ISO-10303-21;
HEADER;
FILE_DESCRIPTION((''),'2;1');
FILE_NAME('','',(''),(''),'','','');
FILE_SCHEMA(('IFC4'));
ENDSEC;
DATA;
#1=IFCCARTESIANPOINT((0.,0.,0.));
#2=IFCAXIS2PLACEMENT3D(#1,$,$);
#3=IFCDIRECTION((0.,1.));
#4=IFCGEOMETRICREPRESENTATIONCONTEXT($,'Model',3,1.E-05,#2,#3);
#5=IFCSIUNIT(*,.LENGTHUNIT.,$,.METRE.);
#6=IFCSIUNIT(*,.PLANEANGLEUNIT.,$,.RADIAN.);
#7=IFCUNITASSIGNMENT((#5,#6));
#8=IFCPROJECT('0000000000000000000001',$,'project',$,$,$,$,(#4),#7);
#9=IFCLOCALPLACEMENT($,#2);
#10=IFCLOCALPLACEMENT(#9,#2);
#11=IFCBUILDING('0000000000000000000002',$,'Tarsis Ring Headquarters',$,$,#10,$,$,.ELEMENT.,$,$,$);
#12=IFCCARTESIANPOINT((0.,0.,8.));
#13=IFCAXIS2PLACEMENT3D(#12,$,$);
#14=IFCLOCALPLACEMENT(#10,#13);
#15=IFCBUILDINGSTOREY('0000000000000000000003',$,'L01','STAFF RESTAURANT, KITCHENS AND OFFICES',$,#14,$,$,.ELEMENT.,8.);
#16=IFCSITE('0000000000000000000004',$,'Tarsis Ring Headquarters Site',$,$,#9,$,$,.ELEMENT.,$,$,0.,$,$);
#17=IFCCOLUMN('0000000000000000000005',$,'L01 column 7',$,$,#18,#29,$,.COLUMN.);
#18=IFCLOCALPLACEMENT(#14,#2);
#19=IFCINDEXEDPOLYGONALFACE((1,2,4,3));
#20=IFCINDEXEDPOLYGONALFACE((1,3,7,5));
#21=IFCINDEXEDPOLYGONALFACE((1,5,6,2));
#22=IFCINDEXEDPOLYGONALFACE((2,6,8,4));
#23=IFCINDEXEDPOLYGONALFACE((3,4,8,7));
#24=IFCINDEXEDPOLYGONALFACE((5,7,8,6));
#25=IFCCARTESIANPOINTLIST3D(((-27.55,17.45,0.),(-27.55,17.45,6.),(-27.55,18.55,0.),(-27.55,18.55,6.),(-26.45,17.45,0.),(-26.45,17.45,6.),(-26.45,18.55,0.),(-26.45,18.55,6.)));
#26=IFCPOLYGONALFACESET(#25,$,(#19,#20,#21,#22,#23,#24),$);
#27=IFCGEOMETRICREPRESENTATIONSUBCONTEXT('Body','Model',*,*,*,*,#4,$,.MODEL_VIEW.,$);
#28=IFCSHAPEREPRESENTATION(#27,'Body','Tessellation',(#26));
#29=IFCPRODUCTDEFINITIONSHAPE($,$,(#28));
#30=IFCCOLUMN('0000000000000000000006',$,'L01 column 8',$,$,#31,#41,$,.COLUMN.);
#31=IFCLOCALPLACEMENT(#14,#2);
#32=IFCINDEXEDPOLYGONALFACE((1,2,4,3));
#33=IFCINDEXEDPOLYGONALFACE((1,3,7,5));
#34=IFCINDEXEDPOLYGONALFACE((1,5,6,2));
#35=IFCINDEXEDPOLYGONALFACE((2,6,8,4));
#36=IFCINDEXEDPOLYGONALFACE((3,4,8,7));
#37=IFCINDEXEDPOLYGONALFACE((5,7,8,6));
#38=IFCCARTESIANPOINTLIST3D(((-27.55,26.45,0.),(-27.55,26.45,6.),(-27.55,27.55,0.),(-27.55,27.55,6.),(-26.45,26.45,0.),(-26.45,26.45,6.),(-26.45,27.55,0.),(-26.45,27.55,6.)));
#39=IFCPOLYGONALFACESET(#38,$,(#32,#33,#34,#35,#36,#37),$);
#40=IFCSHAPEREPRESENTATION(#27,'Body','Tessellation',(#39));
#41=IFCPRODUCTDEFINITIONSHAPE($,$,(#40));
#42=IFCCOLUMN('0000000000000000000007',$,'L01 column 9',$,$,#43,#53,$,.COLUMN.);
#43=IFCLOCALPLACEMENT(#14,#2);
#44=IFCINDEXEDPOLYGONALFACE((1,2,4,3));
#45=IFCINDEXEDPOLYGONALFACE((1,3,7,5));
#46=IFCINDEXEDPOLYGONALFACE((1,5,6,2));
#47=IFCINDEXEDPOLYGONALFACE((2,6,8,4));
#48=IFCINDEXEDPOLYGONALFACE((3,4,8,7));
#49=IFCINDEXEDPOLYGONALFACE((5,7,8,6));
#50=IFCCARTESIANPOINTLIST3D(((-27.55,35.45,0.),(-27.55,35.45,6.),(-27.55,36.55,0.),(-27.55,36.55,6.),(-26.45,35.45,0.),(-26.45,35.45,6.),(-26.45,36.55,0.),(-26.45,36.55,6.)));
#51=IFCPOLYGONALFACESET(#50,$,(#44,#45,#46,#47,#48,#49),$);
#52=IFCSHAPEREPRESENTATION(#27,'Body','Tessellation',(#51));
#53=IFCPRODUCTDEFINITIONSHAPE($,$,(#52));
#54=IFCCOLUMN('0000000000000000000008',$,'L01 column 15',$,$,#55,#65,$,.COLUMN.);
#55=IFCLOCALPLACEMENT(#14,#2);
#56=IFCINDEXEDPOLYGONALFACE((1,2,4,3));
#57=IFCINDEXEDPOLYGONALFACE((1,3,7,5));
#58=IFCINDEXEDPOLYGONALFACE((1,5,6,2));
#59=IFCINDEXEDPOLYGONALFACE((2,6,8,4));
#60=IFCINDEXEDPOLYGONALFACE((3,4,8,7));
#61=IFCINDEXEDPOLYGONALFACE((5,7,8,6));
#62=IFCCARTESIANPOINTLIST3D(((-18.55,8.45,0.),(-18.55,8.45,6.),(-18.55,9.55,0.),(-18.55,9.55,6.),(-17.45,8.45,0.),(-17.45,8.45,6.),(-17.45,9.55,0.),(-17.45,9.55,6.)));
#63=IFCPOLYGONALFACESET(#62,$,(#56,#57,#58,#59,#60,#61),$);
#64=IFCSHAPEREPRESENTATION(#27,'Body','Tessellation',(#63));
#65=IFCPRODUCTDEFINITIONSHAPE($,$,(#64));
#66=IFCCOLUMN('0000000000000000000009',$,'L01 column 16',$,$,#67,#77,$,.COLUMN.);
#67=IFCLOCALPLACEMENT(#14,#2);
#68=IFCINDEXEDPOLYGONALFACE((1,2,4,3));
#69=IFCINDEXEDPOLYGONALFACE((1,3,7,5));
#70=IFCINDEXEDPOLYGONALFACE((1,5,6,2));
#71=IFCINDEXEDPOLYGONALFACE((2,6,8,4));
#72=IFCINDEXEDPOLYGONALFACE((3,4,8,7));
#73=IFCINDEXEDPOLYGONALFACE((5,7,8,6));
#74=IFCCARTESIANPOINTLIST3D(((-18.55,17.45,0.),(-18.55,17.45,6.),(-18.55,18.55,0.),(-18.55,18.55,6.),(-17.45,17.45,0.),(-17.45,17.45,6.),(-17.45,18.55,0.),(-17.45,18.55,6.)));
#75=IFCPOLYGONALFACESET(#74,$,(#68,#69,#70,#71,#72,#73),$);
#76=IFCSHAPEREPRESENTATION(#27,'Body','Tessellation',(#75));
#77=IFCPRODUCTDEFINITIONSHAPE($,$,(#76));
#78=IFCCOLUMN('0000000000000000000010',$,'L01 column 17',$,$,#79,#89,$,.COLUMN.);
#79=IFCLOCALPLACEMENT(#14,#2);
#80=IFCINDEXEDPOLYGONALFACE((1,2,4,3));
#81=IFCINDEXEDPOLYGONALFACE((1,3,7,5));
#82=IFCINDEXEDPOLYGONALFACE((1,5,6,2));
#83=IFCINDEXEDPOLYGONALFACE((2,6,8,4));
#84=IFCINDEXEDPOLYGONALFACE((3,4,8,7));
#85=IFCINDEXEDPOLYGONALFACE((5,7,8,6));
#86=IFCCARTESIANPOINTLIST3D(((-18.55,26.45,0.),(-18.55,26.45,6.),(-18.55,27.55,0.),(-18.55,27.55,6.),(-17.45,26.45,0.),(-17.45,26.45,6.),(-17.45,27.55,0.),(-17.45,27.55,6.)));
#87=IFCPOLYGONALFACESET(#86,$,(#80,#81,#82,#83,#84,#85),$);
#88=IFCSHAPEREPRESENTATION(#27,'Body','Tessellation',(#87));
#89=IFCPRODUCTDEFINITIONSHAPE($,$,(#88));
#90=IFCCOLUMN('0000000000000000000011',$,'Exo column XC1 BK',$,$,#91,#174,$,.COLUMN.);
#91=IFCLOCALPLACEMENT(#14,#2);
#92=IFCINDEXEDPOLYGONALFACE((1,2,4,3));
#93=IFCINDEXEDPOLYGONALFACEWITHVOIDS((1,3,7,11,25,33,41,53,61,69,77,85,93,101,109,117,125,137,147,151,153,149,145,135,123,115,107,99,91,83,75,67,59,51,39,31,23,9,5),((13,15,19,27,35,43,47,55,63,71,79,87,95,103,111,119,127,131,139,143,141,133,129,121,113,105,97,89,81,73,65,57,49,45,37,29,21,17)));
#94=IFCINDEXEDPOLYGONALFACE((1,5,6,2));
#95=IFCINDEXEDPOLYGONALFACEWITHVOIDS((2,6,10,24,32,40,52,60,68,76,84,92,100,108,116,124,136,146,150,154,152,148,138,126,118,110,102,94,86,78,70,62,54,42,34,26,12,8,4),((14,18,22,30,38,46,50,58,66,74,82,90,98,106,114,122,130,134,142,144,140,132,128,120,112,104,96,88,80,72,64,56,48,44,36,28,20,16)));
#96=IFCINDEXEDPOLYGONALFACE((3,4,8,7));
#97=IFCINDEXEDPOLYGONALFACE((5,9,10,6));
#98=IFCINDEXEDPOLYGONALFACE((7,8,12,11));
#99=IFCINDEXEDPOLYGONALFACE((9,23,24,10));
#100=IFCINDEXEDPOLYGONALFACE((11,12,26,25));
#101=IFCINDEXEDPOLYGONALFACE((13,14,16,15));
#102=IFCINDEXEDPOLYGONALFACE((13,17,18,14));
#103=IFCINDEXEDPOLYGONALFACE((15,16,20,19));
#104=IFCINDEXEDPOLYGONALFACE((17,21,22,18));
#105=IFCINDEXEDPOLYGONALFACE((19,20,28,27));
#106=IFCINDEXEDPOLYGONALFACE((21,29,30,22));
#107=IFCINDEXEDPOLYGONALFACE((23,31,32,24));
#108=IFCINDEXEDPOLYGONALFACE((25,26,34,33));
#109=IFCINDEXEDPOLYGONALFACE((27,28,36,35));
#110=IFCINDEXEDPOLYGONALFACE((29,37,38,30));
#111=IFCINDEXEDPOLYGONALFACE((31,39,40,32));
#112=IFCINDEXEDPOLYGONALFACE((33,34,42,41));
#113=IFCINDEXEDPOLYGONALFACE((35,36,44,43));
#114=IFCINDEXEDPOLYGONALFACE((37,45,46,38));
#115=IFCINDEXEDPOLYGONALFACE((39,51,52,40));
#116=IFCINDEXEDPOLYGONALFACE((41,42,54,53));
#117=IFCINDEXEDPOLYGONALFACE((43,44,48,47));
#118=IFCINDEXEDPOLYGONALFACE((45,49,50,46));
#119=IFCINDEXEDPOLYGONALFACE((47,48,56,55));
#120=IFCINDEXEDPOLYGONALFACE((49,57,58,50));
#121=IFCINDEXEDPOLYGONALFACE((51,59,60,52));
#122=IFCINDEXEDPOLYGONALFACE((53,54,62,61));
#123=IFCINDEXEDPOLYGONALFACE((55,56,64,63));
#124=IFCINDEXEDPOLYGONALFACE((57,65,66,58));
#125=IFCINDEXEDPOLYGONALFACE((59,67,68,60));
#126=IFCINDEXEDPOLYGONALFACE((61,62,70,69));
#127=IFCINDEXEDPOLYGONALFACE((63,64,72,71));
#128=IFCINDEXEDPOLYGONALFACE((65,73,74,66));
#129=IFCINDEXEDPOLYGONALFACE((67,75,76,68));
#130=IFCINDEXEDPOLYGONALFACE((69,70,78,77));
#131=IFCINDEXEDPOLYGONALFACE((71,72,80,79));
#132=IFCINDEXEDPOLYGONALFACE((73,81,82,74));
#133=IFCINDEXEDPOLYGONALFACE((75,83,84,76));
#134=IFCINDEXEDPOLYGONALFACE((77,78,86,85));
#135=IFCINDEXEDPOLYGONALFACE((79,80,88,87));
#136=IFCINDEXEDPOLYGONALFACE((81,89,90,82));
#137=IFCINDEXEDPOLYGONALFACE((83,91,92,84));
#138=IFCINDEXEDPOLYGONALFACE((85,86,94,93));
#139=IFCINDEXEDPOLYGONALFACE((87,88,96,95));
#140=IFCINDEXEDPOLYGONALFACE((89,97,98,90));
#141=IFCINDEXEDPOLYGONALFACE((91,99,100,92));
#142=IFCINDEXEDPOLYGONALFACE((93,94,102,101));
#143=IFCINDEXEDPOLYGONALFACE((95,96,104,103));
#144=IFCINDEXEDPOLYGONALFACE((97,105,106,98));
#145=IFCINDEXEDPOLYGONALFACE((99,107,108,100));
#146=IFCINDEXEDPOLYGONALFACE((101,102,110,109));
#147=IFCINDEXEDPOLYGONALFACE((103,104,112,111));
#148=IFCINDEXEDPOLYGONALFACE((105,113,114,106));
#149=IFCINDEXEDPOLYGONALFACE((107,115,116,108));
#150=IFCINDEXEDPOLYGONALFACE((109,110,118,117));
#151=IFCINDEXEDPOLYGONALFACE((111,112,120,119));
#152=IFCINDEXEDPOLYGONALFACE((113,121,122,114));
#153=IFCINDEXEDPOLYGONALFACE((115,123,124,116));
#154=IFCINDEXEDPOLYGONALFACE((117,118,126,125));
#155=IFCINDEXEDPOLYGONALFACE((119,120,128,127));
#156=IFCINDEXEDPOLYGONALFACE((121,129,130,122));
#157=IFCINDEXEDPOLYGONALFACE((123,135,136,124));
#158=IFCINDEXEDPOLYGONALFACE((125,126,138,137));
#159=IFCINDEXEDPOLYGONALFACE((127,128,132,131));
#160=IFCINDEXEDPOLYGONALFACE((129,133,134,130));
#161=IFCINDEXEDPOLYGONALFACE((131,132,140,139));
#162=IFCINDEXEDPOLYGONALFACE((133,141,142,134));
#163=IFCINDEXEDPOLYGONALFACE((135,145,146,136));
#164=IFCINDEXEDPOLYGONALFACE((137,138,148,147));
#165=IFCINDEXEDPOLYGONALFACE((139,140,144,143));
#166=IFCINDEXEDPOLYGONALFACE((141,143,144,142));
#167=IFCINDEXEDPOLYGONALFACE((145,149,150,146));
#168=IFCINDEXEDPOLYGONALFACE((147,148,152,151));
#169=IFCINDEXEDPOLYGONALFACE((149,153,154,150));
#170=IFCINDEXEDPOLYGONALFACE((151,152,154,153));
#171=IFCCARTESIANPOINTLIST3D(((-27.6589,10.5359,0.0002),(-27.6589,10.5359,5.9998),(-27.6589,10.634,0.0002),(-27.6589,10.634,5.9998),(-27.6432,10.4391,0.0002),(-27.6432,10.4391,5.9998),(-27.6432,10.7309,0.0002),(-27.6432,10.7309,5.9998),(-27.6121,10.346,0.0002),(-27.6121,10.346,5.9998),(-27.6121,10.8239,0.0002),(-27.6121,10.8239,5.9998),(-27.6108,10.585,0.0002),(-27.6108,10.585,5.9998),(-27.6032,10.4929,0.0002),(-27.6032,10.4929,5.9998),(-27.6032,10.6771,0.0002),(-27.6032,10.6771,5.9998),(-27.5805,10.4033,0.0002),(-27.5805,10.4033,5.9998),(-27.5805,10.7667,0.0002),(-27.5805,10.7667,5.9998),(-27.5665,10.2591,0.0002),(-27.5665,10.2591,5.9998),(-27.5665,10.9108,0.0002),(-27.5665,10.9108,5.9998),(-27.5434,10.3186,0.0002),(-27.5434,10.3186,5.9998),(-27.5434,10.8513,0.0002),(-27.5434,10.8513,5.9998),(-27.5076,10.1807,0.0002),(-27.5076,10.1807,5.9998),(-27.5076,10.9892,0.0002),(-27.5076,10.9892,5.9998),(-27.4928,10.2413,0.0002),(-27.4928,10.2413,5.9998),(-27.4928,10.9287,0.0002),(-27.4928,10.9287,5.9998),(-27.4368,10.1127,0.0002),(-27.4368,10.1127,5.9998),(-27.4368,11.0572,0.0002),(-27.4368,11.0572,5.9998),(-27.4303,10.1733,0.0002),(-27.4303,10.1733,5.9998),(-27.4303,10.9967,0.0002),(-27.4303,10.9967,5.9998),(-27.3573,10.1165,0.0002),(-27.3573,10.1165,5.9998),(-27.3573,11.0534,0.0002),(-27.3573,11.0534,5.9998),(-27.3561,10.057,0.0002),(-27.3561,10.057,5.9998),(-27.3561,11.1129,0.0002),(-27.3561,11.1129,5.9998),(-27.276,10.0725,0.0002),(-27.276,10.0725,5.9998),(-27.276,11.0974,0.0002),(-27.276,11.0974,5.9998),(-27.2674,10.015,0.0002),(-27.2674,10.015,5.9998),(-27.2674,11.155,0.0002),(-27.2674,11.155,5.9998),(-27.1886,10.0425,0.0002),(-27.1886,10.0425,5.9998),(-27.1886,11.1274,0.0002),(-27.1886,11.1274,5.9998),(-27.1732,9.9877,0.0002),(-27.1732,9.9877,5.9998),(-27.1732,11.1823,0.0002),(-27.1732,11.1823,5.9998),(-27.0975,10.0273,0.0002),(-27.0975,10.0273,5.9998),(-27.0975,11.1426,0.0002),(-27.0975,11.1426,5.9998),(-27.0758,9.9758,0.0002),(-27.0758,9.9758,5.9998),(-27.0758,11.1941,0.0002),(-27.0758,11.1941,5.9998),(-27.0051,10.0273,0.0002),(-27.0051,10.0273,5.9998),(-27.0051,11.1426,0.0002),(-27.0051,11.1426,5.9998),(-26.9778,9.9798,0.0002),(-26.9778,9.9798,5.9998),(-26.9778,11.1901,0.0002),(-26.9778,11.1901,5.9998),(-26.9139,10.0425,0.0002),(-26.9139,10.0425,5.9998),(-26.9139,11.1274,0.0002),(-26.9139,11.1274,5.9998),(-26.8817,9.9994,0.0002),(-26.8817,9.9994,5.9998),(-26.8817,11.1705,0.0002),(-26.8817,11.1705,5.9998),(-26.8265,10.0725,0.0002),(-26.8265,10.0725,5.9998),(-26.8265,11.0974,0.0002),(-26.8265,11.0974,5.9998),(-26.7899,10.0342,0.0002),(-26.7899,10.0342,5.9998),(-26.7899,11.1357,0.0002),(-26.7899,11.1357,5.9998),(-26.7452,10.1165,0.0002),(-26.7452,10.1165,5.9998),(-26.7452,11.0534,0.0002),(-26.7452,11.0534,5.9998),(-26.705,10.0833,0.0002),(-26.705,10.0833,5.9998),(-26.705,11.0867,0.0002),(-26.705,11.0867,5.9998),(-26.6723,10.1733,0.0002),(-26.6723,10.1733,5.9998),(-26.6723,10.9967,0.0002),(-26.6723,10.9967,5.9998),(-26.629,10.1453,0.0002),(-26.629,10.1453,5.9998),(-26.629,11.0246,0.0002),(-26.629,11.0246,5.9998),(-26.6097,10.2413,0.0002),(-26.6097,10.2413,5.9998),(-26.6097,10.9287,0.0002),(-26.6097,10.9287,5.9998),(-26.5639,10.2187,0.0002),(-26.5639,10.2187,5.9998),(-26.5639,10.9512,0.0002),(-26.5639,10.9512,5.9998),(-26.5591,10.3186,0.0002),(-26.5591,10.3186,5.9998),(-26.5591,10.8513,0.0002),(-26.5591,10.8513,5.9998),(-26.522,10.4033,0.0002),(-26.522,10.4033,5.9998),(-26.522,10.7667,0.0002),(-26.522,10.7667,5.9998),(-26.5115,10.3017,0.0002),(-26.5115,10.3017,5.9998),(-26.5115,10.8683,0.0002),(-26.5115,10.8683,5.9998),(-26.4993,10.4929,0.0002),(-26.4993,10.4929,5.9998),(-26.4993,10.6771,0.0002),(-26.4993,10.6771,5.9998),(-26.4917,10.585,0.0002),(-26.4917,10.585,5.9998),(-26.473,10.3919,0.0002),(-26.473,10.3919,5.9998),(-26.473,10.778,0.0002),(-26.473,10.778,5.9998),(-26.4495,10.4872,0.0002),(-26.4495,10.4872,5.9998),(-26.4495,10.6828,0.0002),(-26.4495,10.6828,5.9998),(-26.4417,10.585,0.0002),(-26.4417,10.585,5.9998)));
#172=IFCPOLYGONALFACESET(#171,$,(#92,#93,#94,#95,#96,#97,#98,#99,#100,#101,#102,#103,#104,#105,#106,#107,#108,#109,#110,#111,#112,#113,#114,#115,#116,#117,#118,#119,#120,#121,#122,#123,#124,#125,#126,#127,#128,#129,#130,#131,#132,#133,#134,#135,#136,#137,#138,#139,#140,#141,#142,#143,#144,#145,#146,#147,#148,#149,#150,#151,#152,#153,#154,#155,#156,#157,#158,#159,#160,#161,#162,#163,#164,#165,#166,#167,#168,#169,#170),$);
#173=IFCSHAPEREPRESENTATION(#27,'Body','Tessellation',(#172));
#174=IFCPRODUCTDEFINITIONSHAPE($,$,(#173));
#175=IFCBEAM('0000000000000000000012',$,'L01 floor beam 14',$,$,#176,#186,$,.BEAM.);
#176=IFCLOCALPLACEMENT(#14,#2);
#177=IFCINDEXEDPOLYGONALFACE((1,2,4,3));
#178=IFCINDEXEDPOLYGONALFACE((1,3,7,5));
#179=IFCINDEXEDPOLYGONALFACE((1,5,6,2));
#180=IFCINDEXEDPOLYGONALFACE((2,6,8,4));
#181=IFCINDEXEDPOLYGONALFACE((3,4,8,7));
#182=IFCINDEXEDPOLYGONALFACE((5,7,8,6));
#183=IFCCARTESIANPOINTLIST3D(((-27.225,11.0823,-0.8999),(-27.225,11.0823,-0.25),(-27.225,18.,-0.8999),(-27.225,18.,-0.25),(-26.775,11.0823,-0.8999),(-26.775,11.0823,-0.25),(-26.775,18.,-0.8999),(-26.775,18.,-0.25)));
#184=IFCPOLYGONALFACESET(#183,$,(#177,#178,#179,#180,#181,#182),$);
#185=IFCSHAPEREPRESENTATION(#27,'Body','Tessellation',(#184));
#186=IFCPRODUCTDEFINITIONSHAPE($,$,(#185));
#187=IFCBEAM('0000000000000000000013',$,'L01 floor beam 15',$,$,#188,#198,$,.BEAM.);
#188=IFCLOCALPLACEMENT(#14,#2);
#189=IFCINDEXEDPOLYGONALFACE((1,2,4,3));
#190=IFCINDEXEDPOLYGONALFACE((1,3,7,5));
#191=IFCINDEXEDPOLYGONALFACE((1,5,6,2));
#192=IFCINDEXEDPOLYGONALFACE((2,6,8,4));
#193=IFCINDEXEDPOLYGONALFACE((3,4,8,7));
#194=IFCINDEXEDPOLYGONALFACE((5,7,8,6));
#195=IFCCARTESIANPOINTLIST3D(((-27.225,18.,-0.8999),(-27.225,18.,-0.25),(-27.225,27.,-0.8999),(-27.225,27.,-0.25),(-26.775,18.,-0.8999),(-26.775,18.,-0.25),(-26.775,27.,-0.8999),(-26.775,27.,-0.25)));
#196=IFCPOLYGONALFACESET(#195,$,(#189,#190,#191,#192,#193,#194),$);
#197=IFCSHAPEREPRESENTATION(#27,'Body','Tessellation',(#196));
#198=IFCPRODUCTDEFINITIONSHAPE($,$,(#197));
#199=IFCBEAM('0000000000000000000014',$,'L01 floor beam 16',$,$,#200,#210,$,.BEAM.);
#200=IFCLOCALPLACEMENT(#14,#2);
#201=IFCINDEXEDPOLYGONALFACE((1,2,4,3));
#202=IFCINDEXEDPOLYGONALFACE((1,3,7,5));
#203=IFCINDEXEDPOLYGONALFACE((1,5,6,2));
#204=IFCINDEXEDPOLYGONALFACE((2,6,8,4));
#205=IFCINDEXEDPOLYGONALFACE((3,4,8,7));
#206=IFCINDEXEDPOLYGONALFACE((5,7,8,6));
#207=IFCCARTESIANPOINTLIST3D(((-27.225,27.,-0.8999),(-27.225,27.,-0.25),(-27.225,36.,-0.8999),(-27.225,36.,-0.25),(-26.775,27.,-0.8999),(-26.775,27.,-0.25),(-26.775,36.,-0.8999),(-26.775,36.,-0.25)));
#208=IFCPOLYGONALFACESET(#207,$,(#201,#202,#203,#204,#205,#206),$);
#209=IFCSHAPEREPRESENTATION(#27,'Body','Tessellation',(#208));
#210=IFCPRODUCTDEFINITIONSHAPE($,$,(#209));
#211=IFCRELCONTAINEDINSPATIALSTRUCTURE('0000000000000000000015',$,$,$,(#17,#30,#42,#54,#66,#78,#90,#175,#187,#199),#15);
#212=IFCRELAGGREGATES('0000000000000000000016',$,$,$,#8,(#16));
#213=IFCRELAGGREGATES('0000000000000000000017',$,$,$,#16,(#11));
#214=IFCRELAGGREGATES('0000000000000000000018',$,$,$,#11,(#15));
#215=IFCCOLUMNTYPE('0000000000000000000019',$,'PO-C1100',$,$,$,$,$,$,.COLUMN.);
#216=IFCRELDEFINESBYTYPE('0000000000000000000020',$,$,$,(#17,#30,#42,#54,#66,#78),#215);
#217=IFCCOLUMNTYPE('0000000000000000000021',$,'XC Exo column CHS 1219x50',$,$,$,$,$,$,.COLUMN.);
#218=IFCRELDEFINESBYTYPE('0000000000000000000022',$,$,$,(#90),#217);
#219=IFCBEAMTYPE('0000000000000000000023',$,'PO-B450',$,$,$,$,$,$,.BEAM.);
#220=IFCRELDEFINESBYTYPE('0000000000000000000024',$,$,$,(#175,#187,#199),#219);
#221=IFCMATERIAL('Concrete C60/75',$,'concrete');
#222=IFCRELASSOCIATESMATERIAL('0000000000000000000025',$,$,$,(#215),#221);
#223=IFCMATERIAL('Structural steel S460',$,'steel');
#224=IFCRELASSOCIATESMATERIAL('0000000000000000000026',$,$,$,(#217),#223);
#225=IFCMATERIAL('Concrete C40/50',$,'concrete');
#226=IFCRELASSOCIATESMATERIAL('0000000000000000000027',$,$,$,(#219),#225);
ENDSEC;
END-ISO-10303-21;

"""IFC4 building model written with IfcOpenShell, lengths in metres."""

from ifc_helpers import new_model, si_unit, direction, frame, origin, origin_2d, place, context, subcontext, project, spatial, rectangle, hollow_circle, extrude, material, material_profile, profile_set, type_object, element, save


model = new_model("IFC4")

# Units and contexts
model_context = context("Model", 3, precision=1e-05, world=origin(), true_north=direction((0.0, 1.0)))
body_context = subcontext(model_context, "Body", "Model", "MODEL_VIEW")
ifc_project = project(units=[si_unit("LENGTHUNIT", "METRE"), si_unit("PLANEANGLEUNIT", "RADIAN")], contexts=[model_context])

# Site, building, storey
site_placement = place(None, origin())
site = spatial("IfcSite", under=ifc_project, at=site_placement, Name="Tarsis Ring Headquarters Site", CompositionType="ELEMENT", RefElevation=0.0)
building_placement = place(site_placement, origin())
building = spatial("IfcBuilding", under=site, at=building_placement, Name="Tarsis Ring Headquarters", CompositionType="ELEMENT")
storey_placement = place(building_placement, frame((0.0, 0.0, 8.0)))
storey = spatial("IfcBuildingStorey", under=building, at=storey_placement, Name="L01", Description="STAFF RESTAURANT, KITCHENS AND OFFICES", CompositionType="ELEMENT", Elevation=8.0)

# Columns
ifc_material_1 = material(Name="Concrete C60/75", Category="concrete")
ifc_material_profile_1 = material_profile(ifc_material_1, rectangle(XDim=1.1001, YDim=1.1001, at=origin_2d()), Name="PO-C1100")
ifc_profile_set_1 = profile_set([ifc_material_profile_1], Name="Concrete C60/75")
column_type_1 = type_object("IfcColumnType", Name="PO-C1100", PredefinedType="COLUMN", material=ifc_profile_set_1)
for number, where, z_axis, x_axis, name in (
    (1, (-27.0, 18.0, 0.0), (0.0, 0.0, 1.0), (1.0, 0.0, 0.0), "L01 column 7"),
    (2, (-27.0, 27.0, 0.0), (0.0, 0.0, 1.0), (1.0, 0.0, 0.0), "L01 column 8"),
    (3, (-27.0, 36.0, 0.0), (0.0, 0.0, 1.0), (1.0, 0.0, 0.0), "L01 column 9"),
    (4, (-18.0, 9.0, 0.0), (0.0, 0.0, 1.0), (1.0, 0.0, 0.0), "L01 column 15"),
    (5, (-18.0, 18.0, 0.0), (0.0, 0.0, 1.0), (1.0, 0.0, 0.0), "L01 column 16"),
    (6, (-18.0, 27.0, 0.0), (0.0, 0.0, 1.0), (1.0, 0.0, 0.0), "L01 column 17"),
):
    element("IfcColumn", number, at=place(storey_placement, frame(where, z_axis=z_axis, x_axis=x_axis)), inside=storey, type_object=column_type_1, Name=name, PredefinedType="COLUMN", context=body_context, shape_type="SweptSolid", body=[
        extrude(rectangle(XDim=1.1001, YDim=1.1001, at=origin_2d()), origin(), (0.0, 0.0, 1.0), 6.0),
    ])
ifc_material_2 = material(Name="Structural steel S460", Category="steel")
ifc_material_profile_2 = material_profile(ifc_material_2, hollow_circle(Radius=0.6096, WallThickness=0.05, at=origin_2d()), Name="CHS 1219x50")
ifc_profile_set_2 = profile_set([ifc_material_profile_2], Name="Structural steel S460")
column_type_2 = type_object("IfcColumnType", Name="XC Exo column CHS 1219x50", PredefinedType="COLUMN", material=ifc_profile_set_2)
column_placement = place(storey_placement, frame((-27.0513, 10.585, 0.0002), z_axis=(0.0, 0.0, 1.0), x_axis=(1.0, 0.0, 0.0)))
element("IfcColumn", 7, at=column_placement, inside=storey, type_object=column_type_2, Name="Exo column XC1 BK", PredefinedType="COLUMN", context=body_context, shape_type="SweptSolid", body=[
    extrude(hollow_circle(Radius=0.6096, WallThickness=0.05, at=origin_2d()), origin(), (0.0, 0.0, 1.0), 5.9995),
])

# Beams
ifc_material_3 = material(Name="Concrete C40/50", Category="concrete")
ifc_material_profile_3 = material_profile(ifc_material_3, rectangle(XDim=0.45, YDim=0.6499, at=origin_2d()), Name="PO-B450")
ifc_profile_set_3 = profile_set([ifc_material_profile_3], Name="Concrete C40/50")
beam_type = type_object("IfcBeamType", Name="PO-B450", PredefinedType="BEAM", material=ifc_profile_set_3)
beam_1_placement = place(storey_placement, frame((-27.0, 11.0823, -0.575), z_axis=(0.0, 1.0, 0.0), x_axis=(-1.0, 0.0, 0.0)))
element("IfcBeam", 8, at=beam_1_placement, inside=storey, type_object=beam_type, Name="L01 floor beam 14", PredefinedType="BEAM", context=body_context, shape_type="SweptSolid", body=[
    extrude(rectangle(XDim=0.45, YDim=0.6499, at=origin_2d()), origin(), (0.0, 0.0, 1.0), 6.9177),
])
for number, where, z_axis, x_axis, name in (
    (9, (-27.0, 18.0, -0.575), (0.0, 1.0, 0.0), (-1.0, 0.0, 0.0), "L01 floor beam 15"),
    (10, (-27.0, 27.0, -0.575), (0.0, 1.0, 0.0), (-1.0, 0.0, 0.0), "L01 floor beam 16"),
):
    element("IfcBeam", number, at=place(storey_placement, frame(where, z_axis=z_axis, x_axis=x_axis)), inside=storey, type_object=beam_type, Name=name, PredefinedType="BEAM", context=body_context, shape_type="SweptSolid", body=[
        extrude(rectangle(XDim=0.45, YDim=0.6499, at=origin_2d()), origin(), (0.0, 0.0, 1.0), 9.0),
    ])

save(model, "model.ifc")
